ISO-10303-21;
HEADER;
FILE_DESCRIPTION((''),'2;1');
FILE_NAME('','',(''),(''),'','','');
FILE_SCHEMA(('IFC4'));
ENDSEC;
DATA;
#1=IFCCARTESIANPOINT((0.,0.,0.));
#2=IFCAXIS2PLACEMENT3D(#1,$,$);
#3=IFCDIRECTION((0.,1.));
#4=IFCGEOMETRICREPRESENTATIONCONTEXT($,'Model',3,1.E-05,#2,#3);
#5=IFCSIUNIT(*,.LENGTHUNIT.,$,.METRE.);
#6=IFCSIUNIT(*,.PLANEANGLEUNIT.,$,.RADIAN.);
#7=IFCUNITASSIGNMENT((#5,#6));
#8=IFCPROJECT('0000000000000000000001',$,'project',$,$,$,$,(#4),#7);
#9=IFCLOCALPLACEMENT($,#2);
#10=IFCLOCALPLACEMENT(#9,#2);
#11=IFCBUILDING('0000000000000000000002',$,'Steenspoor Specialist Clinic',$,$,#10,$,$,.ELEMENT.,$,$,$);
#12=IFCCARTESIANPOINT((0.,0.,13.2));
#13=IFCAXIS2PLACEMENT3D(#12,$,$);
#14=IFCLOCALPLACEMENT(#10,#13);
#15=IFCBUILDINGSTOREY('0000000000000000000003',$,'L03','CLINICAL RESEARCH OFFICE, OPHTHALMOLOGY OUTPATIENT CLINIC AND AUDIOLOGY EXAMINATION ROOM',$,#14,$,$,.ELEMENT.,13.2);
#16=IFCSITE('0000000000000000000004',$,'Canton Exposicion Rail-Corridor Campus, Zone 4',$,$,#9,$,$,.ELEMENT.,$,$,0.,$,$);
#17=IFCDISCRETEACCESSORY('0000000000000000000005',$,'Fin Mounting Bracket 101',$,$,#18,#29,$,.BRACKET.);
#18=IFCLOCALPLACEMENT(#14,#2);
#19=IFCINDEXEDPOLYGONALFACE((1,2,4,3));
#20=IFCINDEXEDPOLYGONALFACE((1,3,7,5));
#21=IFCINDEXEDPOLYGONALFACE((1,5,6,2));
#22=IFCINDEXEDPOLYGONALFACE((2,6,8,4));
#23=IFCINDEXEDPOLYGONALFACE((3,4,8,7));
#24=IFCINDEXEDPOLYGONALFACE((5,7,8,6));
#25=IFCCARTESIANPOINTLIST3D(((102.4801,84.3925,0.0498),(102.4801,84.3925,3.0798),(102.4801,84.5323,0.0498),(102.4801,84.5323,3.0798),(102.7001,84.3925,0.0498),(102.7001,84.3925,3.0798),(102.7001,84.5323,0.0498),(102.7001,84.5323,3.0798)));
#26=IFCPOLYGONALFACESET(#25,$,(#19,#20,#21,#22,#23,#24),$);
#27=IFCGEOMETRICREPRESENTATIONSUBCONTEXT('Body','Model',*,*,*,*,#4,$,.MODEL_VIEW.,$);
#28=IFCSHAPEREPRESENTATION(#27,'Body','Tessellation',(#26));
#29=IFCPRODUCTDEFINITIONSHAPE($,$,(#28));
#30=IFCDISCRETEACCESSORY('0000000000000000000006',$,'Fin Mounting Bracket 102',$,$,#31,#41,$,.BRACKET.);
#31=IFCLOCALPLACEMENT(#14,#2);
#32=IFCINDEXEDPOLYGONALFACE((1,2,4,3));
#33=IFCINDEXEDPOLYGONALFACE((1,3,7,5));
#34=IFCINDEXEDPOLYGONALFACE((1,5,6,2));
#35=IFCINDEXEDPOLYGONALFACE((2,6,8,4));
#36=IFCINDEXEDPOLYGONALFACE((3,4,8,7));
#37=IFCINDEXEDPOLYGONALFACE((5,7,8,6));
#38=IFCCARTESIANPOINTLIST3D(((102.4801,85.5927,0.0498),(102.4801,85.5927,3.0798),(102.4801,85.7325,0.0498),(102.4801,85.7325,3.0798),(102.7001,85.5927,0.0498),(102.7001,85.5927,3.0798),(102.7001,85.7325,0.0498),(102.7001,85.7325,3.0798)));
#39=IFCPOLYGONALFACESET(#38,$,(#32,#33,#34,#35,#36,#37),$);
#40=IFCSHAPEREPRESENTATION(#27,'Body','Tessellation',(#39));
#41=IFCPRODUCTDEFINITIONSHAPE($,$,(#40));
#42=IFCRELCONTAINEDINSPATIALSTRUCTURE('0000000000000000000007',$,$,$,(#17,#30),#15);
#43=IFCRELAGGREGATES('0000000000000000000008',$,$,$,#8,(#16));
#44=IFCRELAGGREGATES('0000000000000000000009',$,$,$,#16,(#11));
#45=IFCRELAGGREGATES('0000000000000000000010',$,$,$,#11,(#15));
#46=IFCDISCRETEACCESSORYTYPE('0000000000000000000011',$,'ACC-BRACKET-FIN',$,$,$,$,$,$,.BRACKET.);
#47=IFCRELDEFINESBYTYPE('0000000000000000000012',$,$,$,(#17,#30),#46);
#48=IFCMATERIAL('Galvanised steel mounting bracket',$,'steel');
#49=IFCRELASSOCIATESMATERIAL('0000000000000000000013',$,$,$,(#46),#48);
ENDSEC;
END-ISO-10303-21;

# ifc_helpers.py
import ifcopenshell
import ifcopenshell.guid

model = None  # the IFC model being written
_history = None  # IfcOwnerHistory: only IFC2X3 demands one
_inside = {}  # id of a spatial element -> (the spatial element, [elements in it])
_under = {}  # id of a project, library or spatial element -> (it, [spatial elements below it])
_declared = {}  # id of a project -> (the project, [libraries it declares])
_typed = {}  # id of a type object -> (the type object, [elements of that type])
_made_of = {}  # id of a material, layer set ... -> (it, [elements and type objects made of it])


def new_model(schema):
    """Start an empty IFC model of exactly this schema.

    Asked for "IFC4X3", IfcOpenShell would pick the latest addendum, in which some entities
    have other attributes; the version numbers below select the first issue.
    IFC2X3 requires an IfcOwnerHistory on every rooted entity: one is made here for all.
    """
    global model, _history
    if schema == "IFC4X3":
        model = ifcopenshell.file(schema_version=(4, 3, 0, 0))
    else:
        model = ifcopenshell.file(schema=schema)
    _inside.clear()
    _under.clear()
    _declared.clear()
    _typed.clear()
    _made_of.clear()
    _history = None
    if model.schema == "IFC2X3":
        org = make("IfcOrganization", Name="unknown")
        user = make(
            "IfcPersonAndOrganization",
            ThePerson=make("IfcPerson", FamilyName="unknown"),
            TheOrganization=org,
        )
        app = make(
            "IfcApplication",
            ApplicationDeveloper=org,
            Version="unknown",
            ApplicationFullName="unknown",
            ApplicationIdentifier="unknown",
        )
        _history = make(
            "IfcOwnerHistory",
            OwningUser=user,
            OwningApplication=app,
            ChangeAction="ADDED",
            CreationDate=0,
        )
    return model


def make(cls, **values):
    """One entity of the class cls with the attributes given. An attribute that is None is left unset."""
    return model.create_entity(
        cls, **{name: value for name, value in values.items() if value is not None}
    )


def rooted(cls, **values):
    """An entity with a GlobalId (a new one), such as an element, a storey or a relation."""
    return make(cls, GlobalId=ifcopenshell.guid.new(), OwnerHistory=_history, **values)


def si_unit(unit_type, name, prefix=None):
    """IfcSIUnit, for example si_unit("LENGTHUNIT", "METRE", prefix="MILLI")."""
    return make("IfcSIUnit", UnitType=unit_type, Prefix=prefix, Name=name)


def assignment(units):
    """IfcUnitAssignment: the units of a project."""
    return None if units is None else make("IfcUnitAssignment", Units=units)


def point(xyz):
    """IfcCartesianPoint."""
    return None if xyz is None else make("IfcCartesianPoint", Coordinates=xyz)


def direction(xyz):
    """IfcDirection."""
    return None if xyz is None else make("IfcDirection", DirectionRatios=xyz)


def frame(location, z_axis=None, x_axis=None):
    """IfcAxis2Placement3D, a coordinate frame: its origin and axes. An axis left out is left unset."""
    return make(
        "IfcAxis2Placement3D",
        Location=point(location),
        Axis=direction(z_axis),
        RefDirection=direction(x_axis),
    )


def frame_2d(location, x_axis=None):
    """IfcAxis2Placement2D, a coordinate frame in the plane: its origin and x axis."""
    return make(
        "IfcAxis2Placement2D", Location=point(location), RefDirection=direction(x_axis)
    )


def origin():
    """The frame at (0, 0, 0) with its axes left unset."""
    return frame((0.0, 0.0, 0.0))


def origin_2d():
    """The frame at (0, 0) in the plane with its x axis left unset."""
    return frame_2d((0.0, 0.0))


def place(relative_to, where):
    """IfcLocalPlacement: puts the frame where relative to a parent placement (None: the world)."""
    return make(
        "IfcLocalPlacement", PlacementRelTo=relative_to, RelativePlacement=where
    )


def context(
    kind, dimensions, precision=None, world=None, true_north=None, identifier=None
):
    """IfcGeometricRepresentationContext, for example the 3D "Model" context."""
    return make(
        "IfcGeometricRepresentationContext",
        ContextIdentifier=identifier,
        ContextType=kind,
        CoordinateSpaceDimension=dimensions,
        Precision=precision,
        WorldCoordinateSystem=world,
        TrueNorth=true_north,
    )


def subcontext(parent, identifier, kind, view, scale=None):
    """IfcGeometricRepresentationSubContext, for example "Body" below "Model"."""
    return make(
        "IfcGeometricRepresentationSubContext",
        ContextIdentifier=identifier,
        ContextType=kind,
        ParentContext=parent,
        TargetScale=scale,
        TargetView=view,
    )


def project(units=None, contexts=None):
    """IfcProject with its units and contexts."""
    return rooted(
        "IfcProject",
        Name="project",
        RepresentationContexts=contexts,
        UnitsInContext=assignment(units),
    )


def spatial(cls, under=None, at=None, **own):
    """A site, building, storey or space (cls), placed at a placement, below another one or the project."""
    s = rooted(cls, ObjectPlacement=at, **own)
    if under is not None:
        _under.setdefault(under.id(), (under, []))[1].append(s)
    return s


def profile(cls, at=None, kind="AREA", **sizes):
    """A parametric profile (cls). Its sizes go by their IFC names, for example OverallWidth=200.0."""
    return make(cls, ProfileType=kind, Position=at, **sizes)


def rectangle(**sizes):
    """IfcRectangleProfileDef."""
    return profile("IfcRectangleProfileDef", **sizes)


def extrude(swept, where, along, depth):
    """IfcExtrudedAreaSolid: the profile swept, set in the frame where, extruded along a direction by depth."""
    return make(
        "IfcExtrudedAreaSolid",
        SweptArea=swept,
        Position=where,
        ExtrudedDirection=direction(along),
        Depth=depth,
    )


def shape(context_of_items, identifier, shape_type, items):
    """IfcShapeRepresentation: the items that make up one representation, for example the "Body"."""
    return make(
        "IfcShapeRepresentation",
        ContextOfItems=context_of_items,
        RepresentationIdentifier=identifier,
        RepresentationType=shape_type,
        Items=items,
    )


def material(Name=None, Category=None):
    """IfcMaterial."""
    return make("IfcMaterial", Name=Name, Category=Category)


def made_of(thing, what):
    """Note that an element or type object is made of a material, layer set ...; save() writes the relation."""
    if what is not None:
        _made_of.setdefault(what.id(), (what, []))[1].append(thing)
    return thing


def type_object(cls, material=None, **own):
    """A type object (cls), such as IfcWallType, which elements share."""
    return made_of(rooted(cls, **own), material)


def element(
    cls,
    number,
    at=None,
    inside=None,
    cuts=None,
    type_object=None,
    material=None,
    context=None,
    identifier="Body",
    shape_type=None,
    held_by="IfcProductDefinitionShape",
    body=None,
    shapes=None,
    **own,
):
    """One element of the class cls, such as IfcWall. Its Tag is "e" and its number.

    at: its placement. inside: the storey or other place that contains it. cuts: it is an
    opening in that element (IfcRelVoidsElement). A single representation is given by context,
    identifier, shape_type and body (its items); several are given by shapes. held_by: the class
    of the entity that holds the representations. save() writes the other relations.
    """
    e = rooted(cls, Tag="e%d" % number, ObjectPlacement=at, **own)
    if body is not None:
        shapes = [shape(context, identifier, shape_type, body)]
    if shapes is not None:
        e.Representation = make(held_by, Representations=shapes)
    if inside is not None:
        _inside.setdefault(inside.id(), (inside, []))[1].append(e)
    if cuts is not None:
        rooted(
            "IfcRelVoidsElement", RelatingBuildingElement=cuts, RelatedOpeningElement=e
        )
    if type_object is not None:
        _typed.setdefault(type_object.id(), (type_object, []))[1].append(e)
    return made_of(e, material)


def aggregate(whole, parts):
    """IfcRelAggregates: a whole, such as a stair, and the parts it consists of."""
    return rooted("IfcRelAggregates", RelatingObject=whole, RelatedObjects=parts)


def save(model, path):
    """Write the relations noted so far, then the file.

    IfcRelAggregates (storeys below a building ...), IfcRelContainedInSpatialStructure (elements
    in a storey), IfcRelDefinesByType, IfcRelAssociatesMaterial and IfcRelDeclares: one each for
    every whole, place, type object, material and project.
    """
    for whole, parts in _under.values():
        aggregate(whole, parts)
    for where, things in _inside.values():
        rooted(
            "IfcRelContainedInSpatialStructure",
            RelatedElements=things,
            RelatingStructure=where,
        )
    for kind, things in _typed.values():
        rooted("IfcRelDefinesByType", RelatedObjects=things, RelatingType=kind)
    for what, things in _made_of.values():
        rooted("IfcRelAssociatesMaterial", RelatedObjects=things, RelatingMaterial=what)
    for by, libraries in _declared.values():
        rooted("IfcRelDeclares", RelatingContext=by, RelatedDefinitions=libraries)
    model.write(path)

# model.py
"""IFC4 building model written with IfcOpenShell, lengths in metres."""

from ifc_helpers import new_model, si_unit, direction, frame, origin, origin_2d, place, context, subcontext, project, spatial, rectangle, extrude, material, type_object, element, save


model = new_model("IFC4")

# Units and contexts
model_context = context("Model", 3, precision=1e-05, world=origin(), true_north=direction((0.0, 1.0)))
body_context = subcontext(model_context, "Body", "Model", "MODEL_VIEW")
ifc_project = project(units=[si_unit("LENGTHUNIT", "METRE"), si_unit("PLANEANGLEUNIT", "RADIAN")], contexts=[model_context])

# Site, building, storey
site_placement = place(None, origin())
site = spatial("IfcSite", under=ifc_project, at=site_placement, Name="Canton Exposicion Rail-Corridor Campus, Zone 4", CompositionType="ELEMENT", RefElevation=0.0)
building_placement = place(site_placement, origin())
building = spatial("IfcBuilding", under=site, at=building_placement, Name="Steenspoor Specialist Clinic", CompositionType="ELEMENT")
storey_placement = place(building_placement, frame((0.0, 0.0, 13.2)))
storey = spatial("IfcBuildingStorey", under=building, at=storey_placement, Name="L03", Description="CLINICAL RESEARCH OFFICE, OPHTHALMOLOGY OUTPATIENT CLINIC AND AUDIOLOGY EXAMINATION ROOM", CompositionType="ELEMENT", Elevation=13.2)

# Discrete accessories
ifc_material_1 = material(Name="Galvanised steel mounting bracket", Category="steel")
discrete_accessory_type = type_object("IfcDiscreteAccessoryType", Name="ACC-BRACKET-FIN", PredefinedType="BRACKET", material=ifc_material_1)
for number, where, z_axis, x_axis, name in (
    (1, (102.5901, 84.4624, 0.0498), (0.0, 0.0, 1.0), (-1.0, 0.0, 0.0), "Fin Mounting Bracket 101"),
    (2, (102.5901, 85.6626, 0.0498), (0.0, 0.0, 1.0), (-1.0, 0.0, 0.0), "Fin Mounting Bracket 102"),
):
    element("IfcDiscreteAccessory", number, at=place(storey_placement, frame(where, z_axis=z_axis, x_axis=x_axis)), inside=storey, type_object=discrete_accessory_type, Name=name, PredefinedType="BRACKET", context=body_context, shape_type="SweptSolid", body=[
        extrude(rectangle(XDim=0.22, YDim=0.1399, at=origin_2d()), origin(), (0.0, 0.0, 1.0), 3.03),
    ])

save(model, "model.ifc")
